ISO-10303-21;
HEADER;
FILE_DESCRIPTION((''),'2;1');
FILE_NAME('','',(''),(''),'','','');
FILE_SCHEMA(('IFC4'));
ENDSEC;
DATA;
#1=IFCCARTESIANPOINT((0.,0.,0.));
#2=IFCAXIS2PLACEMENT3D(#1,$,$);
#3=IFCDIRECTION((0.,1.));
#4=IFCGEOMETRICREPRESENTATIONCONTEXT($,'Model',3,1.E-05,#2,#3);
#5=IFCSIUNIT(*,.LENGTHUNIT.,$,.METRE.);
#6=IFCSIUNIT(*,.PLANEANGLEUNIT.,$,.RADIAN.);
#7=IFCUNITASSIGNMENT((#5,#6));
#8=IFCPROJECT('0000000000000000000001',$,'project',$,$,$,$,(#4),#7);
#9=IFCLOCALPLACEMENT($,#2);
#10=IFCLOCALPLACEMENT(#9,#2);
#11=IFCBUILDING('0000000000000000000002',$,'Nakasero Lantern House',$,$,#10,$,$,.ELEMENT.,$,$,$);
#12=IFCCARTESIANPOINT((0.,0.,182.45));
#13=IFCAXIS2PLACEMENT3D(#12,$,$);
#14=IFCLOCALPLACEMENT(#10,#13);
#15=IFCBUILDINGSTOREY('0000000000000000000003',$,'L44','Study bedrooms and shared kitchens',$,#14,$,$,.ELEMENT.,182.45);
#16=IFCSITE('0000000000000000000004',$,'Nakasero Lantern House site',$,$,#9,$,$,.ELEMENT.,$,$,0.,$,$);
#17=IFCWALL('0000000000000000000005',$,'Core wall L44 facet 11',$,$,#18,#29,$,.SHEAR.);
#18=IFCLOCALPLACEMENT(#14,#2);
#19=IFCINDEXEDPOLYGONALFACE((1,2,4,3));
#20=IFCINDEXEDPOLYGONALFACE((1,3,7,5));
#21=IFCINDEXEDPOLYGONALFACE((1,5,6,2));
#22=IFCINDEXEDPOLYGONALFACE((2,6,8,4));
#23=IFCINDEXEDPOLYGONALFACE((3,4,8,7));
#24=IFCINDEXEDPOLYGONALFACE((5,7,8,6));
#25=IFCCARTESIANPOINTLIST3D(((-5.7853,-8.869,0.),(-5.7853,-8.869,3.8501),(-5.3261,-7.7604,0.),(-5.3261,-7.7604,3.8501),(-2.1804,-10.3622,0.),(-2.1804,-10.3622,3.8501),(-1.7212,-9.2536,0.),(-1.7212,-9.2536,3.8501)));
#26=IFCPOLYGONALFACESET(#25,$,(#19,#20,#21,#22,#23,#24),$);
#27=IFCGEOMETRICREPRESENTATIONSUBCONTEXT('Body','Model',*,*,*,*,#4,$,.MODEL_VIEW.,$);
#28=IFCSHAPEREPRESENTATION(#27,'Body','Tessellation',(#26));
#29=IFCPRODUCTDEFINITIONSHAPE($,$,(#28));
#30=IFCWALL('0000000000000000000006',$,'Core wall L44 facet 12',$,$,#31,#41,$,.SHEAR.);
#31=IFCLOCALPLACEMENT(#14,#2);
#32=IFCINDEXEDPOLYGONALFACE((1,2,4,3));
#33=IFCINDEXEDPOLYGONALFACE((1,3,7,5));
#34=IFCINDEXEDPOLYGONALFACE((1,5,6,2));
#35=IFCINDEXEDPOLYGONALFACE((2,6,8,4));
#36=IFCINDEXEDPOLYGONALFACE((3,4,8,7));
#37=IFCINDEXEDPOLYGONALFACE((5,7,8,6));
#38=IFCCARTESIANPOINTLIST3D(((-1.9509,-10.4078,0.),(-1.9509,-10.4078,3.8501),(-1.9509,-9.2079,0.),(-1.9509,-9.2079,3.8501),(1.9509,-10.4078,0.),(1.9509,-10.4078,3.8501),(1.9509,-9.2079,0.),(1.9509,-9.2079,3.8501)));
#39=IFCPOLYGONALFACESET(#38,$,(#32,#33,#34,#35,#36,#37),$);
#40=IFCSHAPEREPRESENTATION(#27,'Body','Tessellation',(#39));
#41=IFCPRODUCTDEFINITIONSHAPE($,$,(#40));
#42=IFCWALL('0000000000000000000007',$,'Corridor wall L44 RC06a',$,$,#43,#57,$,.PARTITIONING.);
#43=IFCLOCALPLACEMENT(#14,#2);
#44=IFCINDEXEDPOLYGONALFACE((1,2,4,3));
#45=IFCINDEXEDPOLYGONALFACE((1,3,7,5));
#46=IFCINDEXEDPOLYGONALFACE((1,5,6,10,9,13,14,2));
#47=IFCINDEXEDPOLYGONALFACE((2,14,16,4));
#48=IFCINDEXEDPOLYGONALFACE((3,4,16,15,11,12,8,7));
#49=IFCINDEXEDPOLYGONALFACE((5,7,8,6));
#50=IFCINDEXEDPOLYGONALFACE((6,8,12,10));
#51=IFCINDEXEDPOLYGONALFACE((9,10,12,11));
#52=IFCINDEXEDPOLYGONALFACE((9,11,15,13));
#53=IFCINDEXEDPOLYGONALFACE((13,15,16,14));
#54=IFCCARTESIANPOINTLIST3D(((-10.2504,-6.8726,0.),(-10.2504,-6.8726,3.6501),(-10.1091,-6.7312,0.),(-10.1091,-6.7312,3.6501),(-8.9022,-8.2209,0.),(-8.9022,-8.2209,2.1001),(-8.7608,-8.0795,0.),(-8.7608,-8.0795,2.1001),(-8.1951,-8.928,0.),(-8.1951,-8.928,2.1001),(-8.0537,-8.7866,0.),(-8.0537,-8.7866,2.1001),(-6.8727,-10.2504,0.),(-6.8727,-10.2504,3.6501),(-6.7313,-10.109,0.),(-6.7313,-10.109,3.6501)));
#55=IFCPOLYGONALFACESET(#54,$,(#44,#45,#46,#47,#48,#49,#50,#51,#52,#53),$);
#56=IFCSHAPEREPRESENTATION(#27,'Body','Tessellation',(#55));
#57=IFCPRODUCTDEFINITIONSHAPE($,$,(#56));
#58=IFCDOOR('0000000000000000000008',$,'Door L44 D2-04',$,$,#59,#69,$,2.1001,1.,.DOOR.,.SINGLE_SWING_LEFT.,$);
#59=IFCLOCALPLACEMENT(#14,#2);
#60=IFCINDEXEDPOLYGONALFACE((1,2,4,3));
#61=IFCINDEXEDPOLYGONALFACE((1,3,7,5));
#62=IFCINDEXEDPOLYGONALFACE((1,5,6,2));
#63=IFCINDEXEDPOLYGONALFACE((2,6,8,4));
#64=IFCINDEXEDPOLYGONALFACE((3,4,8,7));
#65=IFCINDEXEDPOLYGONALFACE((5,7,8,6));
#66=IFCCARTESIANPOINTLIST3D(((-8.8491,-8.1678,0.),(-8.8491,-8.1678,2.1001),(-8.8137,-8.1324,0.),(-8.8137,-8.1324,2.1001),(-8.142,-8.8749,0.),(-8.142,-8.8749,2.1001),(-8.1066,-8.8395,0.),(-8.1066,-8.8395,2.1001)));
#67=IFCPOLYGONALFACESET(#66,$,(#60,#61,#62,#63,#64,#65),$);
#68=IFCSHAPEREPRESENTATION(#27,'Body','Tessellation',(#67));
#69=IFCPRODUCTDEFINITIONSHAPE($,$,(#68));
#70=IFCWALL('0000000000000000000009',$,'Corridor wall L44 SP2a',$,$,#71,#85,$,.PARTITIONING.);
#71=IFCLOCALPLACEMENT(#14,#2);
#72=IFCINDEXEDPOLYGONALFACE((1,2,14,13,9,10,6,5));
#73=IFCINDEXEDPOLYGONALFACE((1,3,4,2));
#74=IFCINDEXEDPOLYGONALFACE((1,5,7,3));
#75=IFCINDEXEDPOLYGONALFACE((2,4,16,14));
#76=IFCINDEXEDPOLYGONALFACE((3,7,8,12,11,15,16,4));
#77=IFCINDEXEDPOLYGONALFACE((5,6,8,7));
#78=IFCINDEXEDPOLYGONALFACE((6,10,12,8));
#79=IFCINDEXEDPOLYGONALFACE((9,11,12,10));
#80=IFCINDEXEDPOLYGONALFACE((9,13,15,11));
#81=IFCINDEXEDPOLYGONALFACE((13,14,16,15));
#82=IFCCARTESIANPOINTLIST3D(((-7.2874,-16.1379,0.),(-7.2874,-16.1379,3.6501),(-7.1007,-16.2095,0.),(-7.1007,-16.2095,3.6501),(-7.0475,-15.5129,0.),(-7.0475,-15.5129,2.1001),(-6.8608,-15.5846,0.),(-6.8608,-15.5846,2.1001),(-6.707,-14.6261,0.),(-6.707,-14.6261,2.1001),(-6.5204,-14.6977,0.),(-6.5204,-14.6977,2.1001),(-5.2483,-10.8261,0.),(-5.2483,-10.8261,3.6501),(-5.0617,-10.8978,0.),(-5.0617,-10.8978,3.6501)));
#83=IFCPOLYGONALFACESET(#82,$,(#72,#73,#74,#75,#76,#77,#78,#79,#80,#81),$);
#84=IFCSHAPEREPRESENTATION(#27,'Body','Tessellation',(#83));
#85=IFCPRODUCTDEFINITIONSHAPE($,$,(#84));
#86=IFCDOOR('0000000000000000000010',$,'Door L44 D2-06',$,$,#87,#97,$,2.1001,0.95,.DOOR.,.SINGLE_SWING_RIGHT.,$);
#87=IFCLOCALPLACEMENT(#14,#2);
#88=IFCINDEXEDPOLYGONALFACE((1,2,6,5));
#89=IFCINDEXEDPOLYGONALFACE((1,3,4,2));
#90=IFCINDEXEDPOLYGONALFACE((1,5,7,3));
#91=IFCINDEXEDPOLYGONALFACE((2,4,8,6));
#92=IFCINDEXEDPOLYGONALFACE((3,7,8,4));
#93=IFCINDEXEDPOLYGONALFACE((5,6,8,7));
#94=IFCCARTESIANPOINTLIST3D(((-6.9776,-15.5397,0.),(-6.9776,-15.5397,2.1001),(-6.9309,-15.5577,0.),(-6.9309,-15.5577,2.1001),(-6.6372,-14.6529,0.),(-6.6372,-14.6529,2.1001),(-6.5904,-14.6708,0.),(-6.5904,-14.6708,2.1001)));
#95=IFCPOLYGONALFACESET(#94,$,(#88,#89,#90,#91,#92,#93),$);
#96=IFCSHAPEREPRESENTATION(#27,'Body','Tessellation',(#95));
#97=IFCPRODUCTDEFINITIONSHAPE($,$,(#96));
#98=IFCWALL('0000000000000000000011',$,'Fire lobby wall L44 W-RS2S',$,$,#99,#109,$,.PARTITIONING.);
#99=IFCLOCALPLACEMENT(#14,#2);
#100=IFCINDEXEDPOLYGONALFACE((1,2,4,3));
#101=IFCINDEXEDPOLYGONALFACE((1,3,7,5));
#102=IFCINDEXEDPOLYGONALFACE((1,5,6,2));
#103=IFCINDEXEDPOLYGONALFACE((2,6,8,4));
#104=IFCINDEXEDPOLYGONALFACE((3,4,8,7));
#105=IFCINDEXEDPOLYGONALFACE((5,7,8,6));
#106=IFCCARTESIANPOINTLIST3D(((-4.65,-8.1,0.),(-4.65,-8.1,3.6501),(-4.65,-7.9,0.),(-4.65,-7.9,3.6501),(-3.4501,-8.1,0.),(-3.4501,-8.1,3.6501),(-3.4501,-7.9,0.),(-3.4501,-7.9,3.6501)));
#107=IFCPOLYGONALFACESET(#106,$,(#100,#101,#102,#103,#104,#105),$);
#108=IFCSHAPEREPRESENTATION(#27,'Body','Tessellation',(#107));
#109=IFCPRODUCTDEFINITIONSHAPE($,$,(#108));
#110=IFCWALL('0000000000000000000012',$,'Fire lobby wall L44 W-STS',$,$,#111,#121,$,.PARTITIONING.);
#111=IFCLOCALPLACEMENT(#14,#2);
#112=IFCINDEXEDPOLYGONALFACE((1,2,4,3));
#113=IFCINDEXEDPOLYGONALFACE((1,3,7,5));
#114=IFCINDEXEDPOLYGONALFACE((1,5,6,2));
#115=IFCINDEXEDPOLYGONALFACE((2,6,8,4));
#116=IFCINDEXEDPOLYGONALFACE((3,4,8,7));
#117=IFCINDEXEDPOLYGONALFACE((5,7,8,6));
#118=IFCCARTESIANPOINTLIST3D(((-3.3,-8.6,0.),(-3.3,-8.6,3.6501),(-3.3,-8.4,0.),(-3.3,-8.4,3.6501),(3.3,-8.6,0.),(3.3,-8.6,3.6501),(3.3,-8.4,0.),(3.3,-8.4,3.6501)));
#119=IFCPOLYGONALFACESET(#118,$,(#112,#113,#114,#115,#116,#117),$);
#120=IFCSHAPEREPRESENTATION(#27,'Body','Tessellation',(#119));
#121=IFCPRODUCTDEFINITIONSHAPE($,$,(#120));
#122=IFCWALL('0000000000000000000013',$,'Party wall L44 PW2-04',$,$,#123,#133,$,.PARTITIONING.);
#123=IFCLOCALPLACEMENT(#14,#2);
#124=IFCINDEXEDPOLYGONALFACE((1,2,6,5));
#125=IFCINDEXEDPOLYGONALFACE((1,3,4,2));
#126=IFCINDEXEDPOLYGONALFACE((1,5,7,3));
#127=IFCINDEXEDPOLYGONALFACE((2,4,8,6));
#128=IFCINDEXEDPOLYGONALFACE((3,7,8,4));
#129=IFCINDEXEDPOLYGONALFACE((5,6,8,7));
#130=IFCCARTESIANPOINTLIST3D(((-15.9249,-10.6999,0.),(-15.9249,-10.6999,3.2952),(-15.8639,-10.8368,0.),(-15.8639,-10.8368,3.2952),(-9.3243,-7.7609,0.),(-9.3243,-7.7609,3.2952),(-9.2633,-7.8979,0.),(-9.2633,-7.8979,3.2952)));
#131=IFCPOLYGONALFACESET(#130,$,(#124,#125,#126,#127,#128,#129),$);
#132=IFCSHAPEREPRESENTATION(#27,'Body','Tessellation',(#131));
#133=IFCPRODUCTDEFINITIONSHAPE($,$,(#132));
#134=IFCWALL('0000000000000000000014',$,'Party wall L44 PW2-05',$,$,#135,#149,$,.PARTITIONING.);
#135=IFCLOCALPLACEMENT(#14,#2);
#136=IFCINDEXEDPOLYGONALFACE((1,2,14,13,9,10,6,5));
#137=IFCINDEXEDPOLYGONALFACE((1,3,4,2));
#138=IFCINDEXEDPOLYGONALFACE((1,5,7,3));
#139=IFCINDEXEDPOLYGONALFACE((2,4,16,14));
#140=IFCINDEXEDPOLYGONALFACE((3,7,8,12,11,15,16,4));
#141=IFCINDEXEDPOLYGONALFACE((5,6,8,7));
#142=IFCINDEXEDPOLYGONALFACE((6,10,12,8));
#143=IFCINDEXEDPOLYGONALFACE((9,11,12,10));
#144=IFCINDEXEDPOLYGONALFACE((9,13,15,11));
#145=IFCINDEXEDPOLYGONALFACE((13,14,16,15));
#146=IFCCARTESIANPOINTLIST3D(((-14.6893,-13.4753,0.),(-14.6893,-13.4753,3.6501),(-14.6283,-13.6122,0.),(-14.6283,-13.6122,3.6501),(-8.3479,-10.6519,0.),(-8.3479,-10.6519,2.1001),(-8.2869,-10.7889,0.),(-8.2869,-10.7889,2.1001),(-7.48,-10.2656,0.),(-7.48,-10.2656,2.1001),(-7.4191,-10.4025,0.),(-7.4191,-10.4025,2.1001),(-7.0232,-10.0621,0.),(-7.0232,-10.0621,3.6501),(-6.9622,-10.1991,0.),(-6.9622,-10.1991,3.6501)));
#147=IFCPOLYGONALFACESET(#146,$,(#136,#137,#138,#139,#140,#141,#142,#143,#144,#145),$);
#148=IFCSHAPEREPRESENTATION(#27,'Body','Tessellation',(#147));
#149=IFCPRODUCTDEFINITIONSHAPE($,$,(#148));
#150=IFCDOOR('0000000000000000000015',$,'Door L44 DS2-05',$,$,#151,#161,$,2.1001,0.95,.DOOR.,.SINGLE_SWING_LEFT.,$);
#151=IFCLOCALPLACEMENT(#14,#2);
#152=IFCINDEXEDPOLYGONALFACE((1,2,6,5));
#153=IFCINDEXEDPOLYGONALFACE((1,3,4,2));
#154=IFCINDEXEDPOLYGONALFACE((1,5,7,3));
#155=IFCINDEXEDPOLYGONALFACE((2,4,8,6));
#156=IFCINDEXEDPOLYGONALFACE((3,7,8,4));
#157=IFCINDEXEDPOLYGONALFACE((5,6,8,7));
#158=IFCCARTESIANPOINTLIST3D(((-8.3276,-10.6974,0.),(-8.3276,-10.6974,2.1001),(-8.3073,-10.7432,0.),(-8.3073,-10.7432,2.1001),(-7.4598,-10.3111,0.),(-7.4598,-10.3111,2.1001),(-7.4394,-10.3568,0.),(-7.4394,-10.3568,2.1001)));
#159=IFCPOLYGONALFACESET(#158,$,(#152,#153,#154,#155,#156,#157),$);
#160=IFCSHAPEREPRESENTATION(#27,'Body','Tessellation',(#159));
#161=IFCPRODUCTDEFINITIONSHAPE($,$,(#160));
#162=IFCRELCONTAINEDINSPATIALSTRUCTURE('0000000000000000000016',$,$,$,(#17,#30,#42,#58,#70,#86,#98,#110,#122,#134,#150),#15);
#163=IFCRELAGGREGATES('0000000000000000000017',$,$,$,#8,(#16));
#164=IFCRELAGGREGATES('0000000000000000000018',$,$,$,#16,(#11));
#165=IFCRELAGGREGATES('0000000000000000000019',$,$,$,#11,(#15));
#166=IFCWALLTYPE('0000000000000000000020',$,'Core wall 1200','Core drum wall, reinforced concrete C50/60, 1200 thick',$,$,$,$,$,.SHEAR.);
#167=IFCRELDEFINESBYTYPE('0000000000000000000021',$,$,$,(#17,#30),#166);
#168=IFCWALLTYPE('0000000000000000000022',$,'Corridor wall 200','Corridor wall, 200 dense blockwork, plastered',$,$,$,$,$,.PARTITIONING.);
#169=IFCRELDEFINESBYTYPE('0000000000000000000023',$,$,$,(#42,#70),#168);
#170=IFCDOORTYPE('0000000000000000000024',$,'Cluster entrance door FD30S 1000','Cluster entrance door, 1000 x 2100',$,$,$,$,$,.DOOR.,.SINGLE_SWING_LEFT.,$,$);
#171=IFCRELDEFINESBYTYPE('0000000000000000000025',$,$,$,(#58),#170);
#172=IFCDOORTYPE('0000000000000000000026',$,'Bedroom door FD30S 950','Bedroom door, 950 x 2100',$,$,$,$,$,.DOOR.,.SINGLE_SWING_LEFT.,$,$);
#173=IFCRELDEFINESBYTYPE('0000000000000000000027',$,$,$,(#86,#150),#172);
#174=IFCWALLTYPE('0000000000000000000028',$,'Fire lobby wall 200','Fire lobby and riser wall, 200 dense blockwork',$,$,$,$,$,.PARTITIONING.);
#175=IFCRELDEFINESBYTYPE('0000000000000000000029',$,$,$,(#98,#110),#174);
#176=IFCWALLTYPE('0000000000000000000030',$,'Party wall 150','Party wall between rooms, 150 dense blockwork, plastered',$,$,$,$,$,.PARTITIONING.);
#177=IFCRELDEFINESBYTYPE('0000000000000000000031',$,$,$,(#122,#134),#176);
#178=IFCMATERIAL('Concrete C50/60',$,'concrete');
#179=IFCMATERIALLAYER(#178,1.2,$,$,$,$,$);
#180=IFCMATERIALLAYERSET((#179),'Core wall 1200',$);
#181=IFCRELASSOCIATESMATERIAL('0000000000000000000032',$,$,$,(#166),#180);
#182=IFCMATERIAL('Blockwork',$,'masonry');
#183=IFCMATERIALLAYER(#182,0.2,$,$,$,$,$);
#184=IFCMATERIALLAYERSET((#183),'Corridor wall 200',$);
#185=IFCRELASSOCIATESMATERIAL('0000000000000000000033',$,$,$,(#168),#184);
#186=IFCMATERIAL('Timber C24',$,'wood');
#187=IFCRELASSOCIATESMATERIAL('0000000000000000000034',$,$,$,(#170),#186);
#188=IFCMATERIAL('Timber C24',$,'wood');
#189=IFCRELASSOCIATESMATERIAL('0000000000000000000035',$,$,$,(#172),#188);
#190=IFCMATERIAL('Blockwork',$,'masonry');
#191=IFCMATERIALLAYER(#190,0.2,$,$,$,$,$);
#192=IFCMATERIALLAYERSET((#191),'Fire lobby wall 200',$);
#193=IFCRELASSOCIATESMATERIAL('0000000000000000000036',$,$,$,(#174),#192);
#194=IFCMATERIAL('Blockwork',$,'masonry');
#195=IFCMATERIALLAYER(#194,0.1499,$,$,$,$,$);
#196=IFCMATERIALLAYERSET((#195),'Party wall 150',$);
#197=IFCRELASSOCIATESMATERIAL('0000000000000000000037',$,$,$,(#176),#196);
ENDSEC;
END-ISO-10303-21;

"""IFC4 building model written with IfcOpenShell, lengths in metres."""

from ifc_helpers import new_model, si_unit, direction, frame, frame_2d, origin, place, context, subcontext, project, spatial, rectangle, extrude, material, layer, layer_set, type_object, element, fill, save


model = new_model("IFC4")

# Units and contexts
model_context = context("Model", 3, precision=1e-05, world=origin(), true_north=direction((0.0, 1.0)))
body_context = subcontext(model_context, "Body", "Model", "MODEL_VIEW")
ifc_project = project(units=[si_unit("LENGTHUNIT", "METRE"), si_unit("PLANEANGLEUNIT", "RADIAN")], contexts=[model_context])

# Site, building, storey
site_placement = place(None, origin())
site = spatial("IfcSite", under=ifc_project, at=site_placement, Name="Nakasero Lantern House site", CompositionType="ELEMENT", RefElevation=0.0)
building_placement = place(site_placement, origin())
building = spatial("IfcBuilding", under=site, at=building_placement, Name="Nakasero Lantern House", CompositionType="ELEMENT")
storey_placement = place(building_placement, frame((0.0, 0.0, 182.45)))
storey = spatial("IfcBuildingStorey", under=building, at=storey_placement, Name="L44", Description="Study bedrooms and shared kitchens", CompositionType="ELEMENT", Elevation=182.45)

# Walls
ifc_material_1 = material(Name="Concrete C50/60", Category="concrete")
ifc_layer_1 = layer(ifc_material_1, 1.2)
ifc_layer_set_1 = layer_set([ifc_layer_1], Name="Core wall 1200")
wall_type_1 = type_object("IfcWallType", Name="Core wall 1200", Description="Core drum wall, reinforced concrete C50/60, 1200 thick", PredefinedType="SHEAR", material=ifc_layer_set_1)
for number, where, z_axis, x_axis, name in (
    (1, (-5.5557, -8.3147, 0.0), (0.0, 0.0, 1.0), (0.923877, -0.382691, 0.0), "Core wall L44 facet 11"),
    (2, (-1.9509, -9.8079, 0.0), (0.0, 0.0, 1.0), (1.0, 0.0, 0.0), "Core wall L44 facet 12"),
):
    element("IfcWall", number, at=place(storey_placement, frame(where, z_axis=z_axis, x_axis=x_axis)), inside=storey, type_object=wall_type_1, Name=name, PredefinedType="SHEAR", context=body_context, shape_type="SweptSolid", body=[
        extrude(rectangle(XDim=3.9019, YDim=1.2, at=frame_2d((1.9509, 0.0))), origin(), (0.0, 0.0, 1.0), 3.8501),
    ])

# Walls, openings, doors
ifc_material_2 = material(Name="Blockwork", Category="masonry")
ifc_layer_2 = layer(ifc_material_2, 0.2)
ifc_layer_set_2 = layer_set([ifc_layer_2], Name="Corridor wall 200")
wall_type_2 = type_object("IfcWallType", Name="Corridor wall 200", Description="Corridor wall, 200 dense blockwork, plastered", PredefinedType="PARTITIONING", material=ifc_layer_set_2)
wall_1_placement = place(storey_placement, frame((-6.802, -10.1797, 0.0), z_axis=(0.0, 0.0, 1.0), x_axis=(-0.707107, 0.707107, 0.0)))
wall_1 = element("IfcWall", 3, at=wall_1_placement, inside=storey, type_object=wall_type_2, Name="Corridor wall L44 RC06a", PredefinedType="PARTITIONING", context=body_context, shape_type="SweptSolid", body=[
    extrude(rectangle(XDim=4.7769, YDim=0.2, at=frame_2d((2.3884, 0.0))), origin(), (0.0, 0.0, 1.0), 3.6501),
])
opening_1_placement = place(wall_1_placement, frame((1.8701, 0.0, 0.0)))
opening_1 = element("IfcOpeningElement", 4, at=opening_1_placement, cuts=wall_1, PredefinedType="OPENING", context=body_context, shape_type="SweptSolid", body=[
    extrude(rectangle(XDim=1.0, YDim=2.1001, at=frame_2d((0.5, 1.05))), frame((0.0, 0.1199, 0.0), z_axis=(0.0, -1.0, 0.0), x_axis=(1.0, 0.0, 0.0)), (0.0, 0.0, 1.0), 0.24),
])
ifc_material_3 = material(Name="Timber C24", Category="wood")
door_type_1 = type_object("IfcDoorType", Name="Cluster entrance door FD30S 1000", Description="Cluster entrance door, 1000 x 2100", OperationType="SINGLE_SWING_LEFT", PredefinedType="DOOR", material=ifc_material_3)
door_1_placement = place(opening_1_placement, origin())
door_1 = element("IfcDoor", 5, at=door_1_placement, inside=storey, type_object=door_type_1, Name="Door L44 D2-04", OperationType="SINGLE_SWING_LEFT", OverallHeight=2.1001, OverallWidth=1.0, PredefinedType="DOOR", context=body_context, shape_type="SweptSolid", body=[
    extrude(rectangle(XDim=1.0, YDim=2.1001, at=frame_2d((0.5, 1.05))), frame((0.0, 0.0249, 0.0), z_axis=(0.0, -1.0, 0.0), x_axis=(1.0, 0.0, 0.0)), (0.0, 0.0, 1.0), 0.05),
])
fill(opening_1, door_1)
wall_2_placement = place(storey_placement, frame((-5.155, -10.8621, 0.0), z_axis=(0.0, 0.0, 1.0), x_axis=(-0.358378, -0.933577, 0.0)))
wall_2 = element("IfcWall", 6, at=wall_2_placement, inside=storey, type_object=wall_type_2, Name="Corridor wall L44 SP2a", PredefinedType="PARTITIONING", context=body_context, shape_type="SweptSolid", body=[
    extrude(rectangle(XDim=5.6897, YDim=0.2, at=frame_2d((2.8447, 0.0))), origin(), (0.0, 0.0, 1.0), 3.6501),
])
opening_2_placement = place(wall_2_placement, frame((4.0701, 0.0, 0.0)))
opening_2 = element("IfcOpeningElement", 7, at=opening_2_placement, cuts=wall_2, PredefinedType="OPENING", context=body_context, shape_type="SweptSolid", body=[
    extrude(rectangle(XDim=0.95, YDim=2.1001, at=frame_2d((0.4751, 1.05))), frame((0.0, 0.1199, 0.0), z_axis=(0.0, -1.0, 0.0), x_axis=(1.0, 0.0, 0.0)), (0.0, 0.0, 1.0), 0.24),
])
ifc_material_4 = material(Name="Timber C24", Category="wood")
door_type_2 = type_object("IfcDoorType", Name="Bedroom door FD30S 950", Description="Bedroom door, 950 x 2100", OperationType="SINGLE_SWING_LEFT", PredefinedType="DOOR", material=ifc_material_4)
door_2_placement = place(opening_2_placement, origin())
door_2 = element("IfcDoor", 8, at=door_2_placement, inside=storey, type_object=door_type_2, Name="Door L44 D2-06", OperationType="SINGLE_SWING_RIGHT", OverallHeight=2.1001, OverallWidth=0.95, PredefinedType="DOOR", context=body_context, shape_type="SweptSolid", body=[
    extrude(rectangle(XDim=0.95, YDim=2.1001, at=frame_2d((0.4751, 1.05))), frame((0.0, 0.0249, 0.0), z_axis=(0.0, -1.0, 0.0), x_axis=(1.0, 0.0, 0.0)), (0.0, 0.0, 1.0), 0.05),
])
fill(opening_2, door_2)

# Walls
ifc_material_5 = material(Name="Blockwork", Category="masonry")
ifc_layer_3 = layer(ifc_material_5, 0.2)
ifc_layer_set_3 = layer_set([ifc_layer_3], Name="Fire lobby wall 200")
wall_type_3 = type_object("IfcWallType", Name="Fire lobby wall 200", Description="Fire lobby and riser wall, 200 dense blockwork", PredefinedType="PARTITIONING", material=ifc_layer_set_3)
wall_3_placement = place(storey_placement, frame((-3.45, -8.0, 0.0), z_axis=(0.0, 0.0, 1.0), x_axis=(-1.0, 0.0, 0.0)))
element("IfcWall", 9, at=wall_3_placement, inside=storey, type_object=wall_type_3, Name="Fire lobby wall L44 W-RS2S", PredefinedType="PARTITIONING", context=body_context, shape_type="SweptSolid", body=[
    extrude(rectangle(XDim=1.2, YDim=0.2, at=frame_2d((0.6001, 0.0))), origin(), (0.0, 0.0, 1.0), 3.6501),
])
wall_4_placement = place(storey_placement, frame((-3.3, -8.5, 0.0), z_axis=(0.0, 0.0, 1.0), x_axis=(1.0, 0.0, 0.0)))
element("IfcWall", 10, at=wall_4_placement, inside=storey, type_object=wall_type_3, Name="Fire lobby wall L44 W-STS", PredefinedType="PARTITIONING", context=body_context, shape_type="SweptSolid", body=[
    extrude(rectangle(XDim=6.6001, YDim=0.2, at=frame_2d((3.3, 0.0))), origin(), (0.0, 0.0, 1.0), 3.6501),
])
ifc_material_6 = material(Name="Blockwork", Category="masonry")
ifc_layer_4 = layer(ifc_material_6, 0.1499)
ifc_layer_set_4 = layer_set([ifc_layer_4], Name="Party wall 150")
wall_type_4 = type_object("IfcWallType", Name="Party wall 150", Description="Party wall between rooms, 150 dense blockwork, plastered", PredefinedType="PARTITIONING", material=ifc_layer_set_4)
wall_5_placement = place(storey_placement, frame((-9.2937, -7.8293, 0.0), z_axis=(0.0, 0.0, 1.0), x_axis=(-0.913535, -0.406759, 0.0)))
element("IfcWall", 11, at=wall_5_placement, inside=storey, type_object=wall_type_4, Name="Party wall L44 PW2-04", PredefinedType="PARTITIONING", context=body_context, shape_type="SweptSolid", body=[
    extrude(rectangle(XDim=7.2253, YDim=0.1499, at=frame_2d((3.6128, 0.0))), origin(), (0.0, 0.0, 1.0), 3.2952),
])

# Wall, opening, door
wall_6_placement = place(storey_placement, frame((-6.9927, -10.1306, 0.0), z_axis=(0.0, 0.0, 1.0), x_axis=(-0.913547, -0.406732, 0.0)))
wall_6 = element("IfcWall", 12, at=wall_6_placement, inside=storey, type_object=wall_type_4, Name="Party wall L44 PW2-05", PredefinedType="PARTITIONING", context=body_context, shape_type="SweptSolid", body=[
    extrude(rectangle(XDim=8.3916, YDim=0.1499, at=frame_2d((4.1958, 0.0))), origin(), (0.0, 0.0, 1.0), 3.6501),
])
opening_3_placement = place(wall_6_placement, frame((0.5, 0.0, 0.0)))
opening_3 = element("IfcOpeningElement", 13, at=opening_3_placement, cuts=wall_6, PredefinedType="OPENING", context=body_context, shape_type="SweptSolid", body=[
    extrude(rectangle(XDim=0.95, YDim=2.1001, at=frame_2d((0.4751, 1.05))), frame((0.0, 0.095, 0.0), z_axis=(0.0, -1.0, 0.0), x_axis=(1.0, 0.0, 0.0)), (0.0, 0.0, 1.0), 0.1899),
])
door_3_placement = place(opening_3_placement, origin())
door_3 = element("IfcDoor", 14, at=door_3_placement, inside=storey, type_object=door_type_2, Name="Door L44 DS2-05", OperationType="SINGLE_SWING_LEFT", OverallHeight=2.1001, OverallWidth=0.95, PredefinedType="DOOR", context=body_context, shape_type="SweptSolid", body=[
    extrude(rectangle(XDim=0.95, YDim=2.1001, at=frame_2d((0.4751, 1.05))), frame((0.0, 0.0249, 0.0), z_axis=(0.0, -1.0, 0.0), x_axis=(1.0, 0.0, 0.0)), (0.0, 0.0, 1.0), 0.05),
])
fill(opening_3, door_3)

save(model, "model.ifc")
